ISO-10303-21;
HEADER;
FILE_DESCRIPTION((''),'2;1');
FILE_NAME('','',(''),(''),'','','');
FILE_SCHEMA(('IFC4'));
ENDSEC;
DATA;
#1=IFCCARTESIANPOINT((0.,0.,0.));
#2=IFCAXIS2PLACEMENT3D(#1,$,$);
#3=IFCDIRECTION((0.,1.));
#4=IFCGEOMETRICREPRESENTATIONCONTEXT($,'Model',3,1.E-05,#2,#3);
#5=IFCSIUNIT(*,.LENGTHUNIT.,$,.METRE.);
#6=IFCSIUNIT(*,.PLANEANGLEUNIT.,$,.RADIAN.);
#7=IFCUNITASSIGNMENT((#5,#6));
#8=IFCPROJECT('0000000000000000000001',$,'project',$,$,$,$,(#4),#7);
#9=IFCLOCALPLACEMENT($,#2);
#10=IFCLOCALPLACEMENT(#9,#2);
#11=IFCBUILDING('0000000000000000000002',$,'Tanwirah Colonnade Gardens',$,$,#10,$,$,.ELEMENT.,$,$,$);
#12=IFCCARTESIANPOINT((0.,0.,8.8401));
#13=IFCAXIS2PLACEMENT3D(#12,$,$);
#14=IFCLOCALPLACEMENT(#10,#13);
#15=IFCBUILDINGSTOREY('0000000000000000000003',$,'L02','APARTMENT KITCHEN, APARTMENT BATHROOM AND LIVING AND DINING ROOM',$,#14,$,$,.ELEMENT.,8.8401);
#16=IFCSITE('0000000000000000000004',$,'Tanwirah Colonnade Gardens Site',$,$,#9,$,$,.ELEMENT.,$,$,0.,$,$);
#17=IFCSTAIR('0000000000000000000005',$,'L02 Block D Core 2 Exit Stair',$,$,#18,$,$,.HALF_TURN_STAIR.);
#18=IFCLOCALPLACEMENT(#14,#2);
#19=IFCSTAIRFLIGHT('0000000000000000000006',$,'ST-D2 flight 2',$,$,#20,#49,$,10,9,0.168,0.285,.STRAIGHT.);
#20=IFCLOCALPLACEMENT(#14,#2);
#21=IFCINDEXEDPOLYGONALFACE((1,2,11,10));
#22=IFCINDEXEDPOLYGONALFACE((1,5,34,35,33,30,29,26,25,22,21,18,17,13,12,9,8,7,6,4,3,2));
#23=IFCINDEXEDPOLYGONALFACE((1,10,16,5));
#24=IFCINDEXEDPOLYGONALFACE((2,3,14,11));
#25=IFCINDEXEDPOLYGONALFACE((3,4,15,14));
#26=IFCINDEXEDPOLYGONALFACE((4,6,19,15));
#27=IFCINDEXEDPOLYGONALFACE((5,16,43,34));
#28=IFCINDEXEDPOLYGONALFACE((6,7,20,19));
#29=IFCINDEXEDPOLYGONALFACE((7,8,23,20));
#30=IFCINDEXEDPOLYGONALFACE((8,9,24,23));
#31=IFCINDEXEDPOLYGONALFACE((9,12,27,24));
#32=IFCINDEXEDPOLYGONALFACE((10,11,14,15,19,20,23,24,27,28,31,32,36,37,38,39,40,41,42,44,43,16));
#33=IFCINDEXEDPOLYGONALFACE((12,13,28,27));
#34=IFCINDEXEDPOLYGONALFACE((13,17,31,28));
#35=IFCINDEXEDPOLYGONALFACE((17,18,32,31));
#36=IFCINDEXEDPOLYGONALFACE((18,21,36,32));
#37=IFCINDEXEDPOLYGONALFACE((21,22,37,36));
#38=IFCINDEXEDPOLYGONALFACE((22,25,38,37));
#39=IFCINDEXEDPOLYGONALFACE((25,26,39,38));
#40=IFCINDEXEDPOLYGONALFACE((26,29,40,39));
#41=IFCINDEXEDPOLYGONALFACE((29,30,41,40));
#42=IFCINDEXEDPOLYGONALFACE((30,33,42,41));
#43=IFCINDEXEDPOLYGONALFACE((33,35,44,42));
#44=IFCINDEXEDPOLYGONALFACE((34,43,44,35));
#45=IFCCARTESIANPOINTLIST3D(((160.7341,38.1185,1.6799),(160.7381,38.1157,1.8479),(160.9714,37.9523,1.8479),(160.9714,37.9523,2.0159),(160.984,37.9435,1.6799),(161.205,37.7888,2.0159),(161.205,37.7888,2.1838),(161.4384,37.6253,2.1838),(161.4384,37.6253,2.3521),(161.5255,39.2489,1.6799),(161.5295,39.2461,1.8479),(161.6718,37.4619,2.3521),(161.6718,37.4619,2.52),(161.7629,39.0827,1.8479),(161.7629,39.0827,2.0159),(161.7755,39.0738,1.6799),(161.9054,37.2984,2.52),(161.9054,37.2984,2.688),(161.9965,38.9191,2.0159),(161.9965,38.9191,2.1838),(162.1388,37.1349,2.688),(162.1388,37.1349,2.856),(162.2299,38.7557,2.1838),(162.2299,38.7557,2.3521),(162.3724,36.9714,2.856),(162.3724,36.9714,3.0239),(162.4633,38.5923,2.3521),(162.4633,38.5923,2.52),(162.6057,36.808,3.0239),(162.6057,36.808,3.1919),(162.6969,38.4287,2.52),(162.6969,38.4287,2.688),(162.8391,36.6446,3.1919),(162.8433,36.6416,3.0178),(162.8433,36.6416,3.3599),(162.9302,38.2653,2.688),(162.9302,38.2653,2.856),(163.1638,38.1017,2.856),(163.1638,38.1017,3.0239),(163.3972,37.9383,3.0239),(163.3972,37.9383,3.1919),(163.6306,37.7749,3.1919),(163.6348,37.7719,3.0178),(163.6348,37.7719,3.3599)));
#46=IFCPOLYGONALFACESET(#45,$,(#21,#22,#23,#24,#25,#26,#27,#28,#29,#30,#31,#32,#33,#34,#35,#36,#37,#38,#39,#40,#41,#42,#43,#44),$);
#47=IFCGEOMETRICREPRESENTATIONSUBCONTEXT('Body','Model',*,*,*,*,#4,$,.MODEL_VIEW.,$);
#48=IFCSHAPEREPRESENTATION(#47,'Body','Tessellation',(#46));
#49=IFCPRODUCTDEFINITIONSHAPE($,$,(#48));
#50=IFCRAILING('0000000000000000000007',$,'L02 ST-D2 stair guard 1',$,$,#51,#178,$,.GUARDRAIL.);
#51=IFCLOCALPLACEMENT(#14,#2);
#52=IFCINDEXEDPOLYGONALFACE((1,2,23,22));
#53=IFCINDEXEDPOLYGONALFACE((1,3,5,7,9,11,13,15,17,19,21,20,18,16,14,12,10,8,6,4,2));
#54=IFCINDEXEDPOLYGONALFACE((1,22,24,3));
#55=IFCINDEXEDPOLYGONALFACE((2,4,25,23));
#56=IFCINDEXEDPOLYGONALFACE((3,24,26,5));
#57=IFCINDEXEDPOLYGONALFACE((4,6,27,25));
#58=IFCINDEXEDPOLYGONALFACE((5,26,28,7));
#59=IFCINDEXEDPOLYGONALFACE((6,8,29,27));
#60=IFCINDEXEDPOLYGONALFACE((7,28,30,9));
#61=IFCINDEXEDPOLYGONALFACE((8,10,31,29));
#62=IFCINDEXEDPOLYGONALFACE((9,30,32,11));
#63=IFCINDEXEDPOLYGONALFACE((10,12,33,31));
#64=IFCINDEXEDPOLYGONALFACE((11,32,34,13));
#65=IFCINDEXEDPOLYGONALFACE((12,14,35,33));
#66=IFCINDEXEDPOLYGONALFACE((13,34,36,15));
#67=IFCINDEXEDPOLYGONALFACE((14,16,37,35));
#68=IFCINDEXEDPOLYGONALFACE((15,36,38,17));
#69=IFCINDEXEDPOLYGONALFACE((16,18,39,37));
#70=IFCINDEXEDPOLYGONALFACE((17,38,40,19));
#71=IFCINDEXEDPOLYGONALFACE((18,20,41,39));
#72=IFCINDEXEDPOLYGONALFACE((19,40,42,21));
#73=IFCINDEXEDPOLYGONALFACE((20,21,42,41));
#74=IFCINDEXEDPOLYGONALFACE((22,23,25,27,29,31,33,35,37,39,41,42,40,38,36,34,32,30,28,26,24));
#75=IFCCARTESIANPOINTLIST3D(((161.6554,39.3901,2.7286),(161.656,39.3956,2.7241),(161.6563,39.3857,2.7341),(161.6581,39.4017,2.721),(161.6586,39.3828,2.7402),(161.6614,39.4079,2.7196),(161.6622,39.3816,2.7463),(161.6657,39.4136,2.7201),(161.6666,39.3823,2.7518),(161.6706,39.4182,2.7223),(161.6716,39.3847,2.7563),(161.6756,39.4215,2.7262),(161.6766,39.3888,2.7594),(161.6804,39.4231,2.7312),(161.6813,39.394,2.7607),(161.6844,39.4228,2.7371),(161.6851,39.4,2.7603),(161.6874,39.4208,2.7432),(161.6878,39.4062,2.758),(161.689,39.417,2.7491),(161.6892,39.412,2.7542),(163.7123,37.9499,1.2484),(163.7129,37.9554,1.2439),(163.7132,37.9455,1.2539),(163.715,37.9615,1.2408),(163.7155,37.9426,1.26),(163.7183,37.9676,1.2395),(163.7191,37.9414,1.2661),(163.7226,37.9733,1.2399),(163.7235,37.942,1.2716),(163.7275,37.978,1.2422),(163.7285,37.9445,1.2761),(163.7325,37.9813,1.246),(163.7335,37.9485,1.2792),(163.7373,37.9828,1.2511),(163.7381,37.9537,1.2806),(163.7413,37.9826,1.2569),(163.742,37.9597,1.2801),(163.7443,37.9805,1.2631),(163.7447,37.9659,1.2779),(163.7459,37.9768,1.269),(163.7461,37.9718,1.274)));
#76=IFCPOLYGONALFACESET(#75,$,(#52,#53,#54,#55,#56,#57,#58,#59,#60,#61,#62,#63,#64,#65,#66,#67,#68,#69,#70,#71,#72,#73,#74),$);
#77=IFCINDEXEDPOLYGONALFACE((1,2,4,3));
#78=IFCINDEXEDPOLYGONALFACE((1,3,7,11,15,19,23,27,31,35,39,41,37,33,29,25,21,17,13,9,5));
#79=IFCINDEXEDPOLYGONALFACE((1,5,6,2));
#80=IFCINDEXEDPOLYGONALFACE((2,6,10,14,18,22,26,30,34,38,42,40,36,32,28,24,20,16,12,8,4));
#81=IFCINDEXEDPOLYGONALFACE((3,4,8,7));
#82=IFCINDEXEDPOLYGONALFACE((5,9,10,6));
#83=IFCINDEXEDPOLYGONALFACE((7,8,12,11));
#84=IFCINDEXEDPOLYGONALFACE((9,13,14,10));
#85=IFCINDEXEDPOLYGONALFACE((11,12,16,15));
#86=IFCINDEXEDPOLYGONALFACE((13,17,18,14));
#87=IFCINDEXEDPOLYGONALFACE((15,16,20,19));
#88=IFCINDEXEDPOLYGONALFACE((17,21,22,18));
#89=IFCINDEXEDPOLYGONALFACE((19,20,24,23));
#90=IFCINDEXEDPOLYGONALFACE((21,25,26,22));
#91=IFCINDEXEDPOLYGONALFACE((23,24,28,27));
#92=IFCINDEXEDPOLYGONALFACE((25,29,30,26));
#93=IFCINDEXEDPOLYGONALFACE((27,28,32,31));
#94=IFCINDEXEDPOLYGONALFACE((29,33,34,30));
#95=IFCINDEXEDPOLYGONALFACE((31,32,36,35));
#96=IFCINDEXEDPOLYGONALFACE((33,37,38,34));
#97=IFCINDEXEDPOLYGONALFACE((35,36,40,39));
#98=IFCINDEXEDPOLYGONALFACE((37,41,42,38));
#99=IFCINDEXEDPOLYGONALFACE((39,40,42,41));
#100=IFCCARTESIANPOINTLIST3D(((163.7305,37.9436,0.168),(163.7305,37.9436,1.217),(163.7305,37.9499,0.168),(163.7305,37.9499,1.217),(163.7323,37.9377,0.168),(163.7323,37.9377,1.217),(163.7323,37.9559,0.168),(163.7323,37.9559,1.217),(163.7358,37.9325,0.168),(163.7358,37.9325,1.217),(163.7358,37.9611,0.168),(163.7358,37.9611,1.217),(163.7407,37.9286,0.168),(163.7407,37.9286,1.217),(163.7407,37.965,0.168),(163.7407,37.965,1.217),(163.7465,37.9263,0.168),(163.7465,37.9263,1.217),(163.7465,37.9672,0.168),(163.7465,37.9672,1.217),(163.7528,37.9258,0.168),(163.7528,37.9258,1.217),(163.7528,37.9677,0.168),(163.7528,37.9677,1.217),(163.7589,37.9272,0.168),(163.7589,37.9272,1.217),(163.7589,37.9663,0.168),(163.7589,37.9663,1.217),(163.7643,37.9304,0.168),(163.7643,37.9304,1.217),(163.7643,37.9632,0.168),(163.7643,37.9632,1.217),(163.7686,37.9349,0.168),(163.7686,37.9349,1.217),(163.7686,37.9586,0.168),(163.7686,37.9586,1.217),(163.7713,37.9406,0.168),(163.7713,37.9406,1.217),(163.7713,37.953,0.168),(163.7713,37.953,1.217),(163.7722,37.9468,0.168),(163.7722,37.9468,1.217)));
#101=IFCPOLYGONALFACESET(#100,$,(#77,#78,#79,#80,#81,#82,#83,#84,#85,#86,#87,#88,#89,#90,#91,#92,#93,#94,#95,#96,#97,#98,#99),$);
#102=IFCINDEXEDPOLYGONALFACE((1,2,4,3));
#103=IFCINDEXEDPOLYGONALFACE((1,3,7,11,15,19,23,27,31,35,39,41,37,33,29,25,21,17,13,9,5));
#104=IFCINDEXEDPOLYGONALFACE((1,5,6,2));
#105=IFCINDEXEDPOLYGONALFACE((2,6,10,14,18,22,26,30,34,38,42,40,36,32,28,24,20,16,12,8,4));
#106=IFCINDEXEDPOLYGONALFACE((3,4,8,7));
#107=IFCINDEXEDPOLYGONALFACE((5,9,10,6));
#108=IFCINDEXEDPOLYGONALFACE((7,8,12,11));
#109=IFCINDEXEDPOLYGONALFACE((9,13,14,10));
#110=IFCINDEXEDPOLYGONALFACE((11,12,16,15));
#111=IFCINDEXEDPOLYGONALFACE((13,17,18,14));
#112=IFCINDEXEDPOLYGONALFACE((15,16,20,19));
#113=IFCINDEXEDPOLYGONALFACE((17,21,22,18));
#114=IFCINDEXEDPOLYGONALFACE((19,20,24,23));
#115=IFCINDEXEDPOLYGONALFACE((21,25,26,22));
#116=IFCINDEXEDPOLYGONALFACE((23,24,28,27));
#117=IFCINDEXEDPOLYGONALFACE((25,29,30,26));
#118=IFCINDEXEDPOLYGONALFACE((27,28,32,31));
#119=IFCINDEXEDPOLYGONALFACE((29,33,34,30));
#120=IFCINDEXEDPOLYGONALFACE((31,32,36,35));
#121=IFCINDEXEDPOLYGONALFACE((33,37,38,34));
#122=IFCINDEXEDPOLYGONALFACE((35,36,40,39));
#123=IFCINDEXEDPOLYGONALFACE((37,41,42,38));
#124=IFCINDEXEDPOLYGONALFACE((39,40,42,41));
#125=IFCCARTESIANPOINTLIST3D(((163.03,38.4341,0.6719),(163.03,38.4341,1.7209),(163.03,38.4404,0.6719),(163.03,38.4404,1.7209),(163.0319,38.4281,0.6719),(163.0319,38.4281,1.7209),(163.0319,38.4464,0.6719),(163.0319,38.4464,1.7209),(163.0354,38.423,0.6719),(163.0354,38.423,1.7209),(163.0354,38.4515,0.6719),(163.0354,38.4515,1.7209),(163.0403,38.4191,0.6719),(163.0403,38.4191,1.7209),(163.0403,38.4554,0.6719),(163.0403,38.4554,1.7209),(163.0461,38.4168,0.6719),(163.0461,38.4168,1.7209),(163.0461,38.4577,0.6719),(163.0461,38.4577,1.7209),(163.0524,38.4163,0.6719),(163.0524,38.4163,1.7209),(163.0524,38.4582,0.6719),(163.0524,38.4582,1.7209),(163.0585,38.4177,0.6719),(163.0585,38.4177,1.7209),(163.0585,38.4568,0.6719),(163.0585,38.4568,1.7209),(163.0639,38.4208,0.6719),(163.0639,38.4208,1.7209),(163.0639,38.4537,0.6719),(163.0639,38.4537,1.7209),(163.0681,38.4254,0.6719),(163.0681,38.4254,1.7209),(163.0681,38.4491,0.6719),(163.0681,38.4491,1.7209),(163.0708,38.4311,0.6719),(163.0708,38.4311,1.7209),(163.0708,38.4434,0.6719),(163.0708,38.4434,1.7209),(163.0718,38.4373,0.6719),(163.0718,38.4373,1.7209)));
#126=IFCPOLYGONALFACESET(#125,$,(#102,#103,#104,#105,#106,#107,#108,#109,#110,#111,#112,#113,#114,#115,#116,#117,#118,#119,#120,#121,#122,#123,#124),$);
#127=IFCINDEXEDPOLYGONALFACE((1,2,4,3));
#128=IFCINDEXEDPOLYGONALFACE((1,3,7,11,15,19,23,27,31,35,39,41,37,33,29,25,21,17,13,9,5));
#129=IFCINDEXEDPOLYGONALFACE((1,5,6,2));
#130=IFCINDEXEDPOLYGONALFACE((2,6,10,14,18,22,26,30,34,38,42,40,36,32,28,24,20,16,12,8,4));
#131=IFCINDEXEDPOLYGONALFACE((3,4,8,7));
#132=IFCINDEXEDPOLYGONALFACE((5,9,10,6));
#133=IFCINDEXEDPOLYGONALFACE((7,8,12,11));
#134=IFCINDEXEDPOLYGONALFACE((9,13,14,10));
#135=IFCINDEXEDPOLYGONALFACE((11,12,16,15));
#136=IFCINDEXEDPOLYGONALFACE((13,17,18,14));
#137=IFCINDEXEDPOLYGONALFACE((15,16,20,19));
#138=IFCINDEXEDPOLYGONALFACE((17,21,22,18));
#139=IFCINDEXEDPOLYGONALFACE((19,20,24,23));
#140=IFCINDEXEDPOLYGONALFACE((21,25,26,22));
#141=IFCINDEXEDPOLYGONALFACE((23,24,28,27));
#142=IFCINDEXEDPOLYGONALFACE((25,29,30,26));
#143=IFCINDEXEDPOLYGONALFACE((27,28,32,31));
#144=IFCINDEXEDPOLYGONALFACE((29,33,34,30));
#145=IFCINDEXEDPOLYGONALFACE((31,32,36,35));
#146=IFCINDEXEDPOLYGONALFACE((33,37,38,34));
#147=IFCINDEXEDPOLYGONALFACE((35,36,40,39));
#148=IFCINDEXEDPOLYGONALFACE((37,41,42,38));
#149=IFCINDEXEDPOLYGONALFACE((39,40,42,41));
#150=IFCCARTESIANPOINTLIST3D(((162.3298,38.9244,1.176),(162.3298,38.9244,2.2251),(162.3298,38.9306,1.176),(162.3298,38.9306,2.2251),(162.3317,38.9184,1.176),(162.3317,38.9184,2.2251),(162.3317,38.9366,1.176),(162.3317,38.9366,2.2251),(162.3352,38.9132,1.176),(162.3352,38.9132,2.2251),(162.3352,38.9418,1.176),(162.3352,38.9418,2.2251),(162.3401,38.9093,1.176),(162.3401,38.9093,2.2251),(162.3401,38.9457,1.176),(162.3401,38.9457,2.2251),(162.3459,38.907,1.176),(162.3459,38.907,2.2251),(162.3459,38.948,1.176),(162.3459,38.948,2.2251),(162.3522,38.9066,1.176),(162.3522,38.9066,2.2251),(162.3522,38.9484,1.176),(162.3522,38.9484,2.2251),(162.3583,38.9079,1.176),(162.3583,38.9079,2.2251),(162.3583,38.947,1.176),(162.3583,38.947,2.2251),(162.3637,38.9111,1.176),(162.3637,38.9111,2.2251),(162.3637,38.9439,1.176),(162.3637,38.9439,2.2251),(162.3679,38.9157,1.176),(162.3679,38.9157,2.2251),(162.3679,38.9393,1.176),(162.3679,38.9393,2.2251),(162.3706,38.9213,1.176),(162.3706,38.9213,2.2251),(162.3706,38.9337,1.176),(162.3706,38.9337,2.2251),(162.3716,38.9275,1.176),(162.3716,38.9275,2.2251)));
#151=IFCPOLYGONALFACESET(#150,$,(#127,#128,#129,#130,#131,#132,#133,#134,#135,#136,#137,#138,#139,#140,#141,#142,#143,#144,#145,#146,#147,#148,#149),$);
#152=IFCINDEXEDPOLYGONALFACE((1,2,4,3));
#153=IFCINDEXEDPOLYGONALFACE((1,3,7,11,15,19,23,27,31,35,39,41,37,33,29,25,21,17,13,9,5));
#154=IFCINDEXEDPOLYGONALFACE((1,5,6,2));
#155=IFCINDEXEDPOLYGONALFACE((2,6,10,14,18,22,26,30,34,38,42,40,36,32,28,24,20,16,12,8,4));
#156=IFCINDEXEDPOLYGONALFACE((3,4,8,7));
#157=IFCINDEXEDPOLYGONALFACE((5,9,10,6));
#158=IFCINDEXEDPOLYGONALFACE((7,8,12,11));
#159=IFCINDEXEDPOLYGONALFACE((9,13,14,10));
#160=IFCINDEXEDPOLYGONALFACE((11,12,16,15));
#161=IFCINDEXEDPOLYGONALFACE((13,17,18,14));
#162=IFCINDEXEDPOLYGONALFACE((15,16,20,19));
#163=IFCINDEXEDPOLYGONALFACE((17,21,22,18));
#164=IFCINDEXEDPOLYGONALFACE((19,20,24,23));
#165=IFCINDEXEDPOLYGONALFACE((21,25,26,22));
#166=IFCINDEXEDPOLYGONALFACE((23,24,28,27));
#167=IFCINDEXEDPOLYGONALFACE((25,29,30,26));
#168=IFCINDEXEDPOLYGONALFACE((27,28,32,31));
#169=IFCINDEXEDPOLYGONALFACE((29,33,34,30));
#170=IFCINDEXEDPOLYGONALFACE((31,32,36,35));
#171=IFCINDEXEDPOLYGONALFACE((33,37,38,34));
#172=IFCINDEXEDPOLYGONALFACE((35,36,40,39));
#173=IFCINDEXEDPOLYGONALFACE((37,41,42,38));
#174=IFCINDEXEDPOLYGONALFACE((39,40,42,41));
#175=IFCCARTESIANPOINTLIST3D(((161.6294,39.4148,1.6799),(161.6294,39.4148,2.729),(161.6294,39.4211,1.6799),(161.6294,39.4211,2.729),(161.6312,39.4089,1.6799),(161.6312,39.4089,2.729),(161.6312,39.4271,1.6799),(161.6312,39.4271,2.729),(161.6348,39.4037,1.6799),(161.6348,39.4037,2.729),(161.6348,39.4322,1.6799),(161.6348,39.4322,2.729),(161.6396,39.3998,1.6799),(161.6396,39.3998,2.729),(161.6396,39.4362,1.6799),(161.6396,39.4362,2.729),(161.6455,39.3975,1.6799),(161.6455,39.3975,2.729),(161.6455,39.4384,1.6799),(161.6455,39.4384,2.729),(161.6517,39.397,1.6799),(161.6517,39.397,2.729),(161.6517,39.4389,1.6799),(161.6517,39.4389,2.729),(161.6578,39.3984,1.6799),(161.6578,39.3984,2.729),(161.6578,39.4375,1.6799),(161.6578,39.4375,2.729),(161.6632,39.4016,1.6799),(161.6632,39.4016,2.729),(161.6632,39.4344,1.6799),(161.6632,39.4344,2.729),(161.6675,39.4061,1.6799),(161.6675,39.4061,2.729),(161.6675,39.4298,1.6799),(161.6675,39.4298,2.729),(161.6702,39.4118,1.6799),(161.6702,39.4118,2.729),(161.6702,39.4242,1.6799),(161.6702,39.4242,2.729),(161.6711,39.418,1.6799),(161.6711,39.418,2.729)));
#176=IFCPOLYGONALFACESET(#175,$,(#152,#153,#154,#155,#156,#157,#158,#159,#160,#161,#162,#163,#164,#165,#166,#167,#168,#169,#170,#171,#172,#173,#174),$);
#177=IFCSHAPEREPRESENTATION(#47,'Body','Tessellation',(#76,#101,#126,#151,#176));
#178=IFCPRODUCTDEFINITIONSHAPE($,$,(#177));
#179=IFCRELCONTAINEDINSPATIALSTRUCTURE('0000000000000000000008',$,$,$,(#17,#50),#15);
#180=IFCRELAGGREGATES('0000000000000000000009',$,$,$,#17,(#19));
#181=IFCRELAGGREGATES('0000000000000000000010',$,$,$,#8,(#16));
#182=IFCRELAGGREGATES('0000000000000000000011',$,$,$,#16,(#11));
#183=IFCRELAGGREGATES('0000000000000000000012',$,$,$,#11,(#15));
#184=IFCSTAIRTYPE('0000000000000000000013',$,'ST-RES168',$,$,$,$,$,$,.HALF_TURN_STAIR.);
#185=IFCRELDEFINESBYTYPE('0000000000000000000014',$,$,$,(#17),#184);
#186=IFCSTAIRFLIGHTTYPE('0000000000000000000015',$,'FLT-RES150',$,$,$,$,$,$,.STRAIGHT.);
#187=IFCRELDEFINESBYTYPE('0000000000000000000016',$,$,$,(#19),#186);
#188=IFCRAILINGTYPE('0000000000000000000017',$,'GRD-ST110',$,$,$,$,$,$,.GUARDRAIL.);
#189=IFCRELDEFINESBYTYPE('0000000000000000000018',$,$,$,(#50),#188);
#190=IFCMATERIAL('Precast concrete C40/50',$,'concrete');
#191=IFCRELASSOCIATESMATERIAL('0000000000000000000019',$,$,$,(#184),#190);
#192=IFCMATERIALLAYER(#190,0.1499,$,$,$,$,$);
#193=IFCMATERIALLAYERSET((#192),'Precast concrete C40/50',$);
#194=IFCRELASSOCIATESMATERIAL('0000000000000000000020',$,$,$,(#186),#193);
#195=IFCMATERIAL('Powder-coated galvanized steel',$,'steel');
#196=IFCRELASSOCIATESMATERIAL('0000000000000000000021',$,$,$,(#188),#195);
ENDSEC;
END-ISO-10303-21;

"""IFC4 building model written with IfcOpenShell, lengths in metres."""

from ifc_helpers import new_model, si_unit, direction, frame, origin, origin_2d, place, context, subcontext, project, spatial, polyline, circle, outline, extrude, material, layer, layer_set, type_object, element, aggregate, save


model = new_model("IFC4")

# Units and contexts
model_context = context("Model", 3, precision=1e-05, world=origin(), true_north=direction((0.0, 1.0)))
body_context = subcontext(model_context, "Body", "Model", "MODEL_VIEW")
ifc_project = project(units=[si_unit("LENGTHUNIT", "METRE"), si_unit("PLANEANGLEUNIT", "RADIAN")], contexts=[model_context])

# Site, building, storey
site_placement = place(None, origin())
site = spatial("IfcSite", under=ifc_project, at=site_placement, Name="Tanwirah Colonnade Gardens Site", CompositionType="ELEMENT", RefElevation=0.0)
building_placement = place(site_placement, origin())
building = spatial("IfcBuilding", under=site, at=building_placement, Name="Tanwirah Colonnade Gardens", CompositionType="ELEMENT")
storey_placement = place(building_placement, frame((0.0, 0.0, 8.8401)))
storey = spatial("IfcBuildingStorey", under=building, at=storey_placement, Name="L02", Description="APARTMENT KITCHEN, APARTMENT BATHROOM AND LIVING AND DINING ROOM", CompositionType="ELEMENT", Elevation=8.8401)

# Shared definitions
ifc_material_1 = material(Name="Precast concrete C40/50", Category="concrete")

# Stair, stair flight
stair_type = type_object("IfcStairType", Name="ST-RES168", PredefinedType="HALF_TURN_STAIR", material=ifc_material_1)
stair_placement = place(storey_placement, origin())
stair = element("IfcStair", 1, at=stair_placement, inside=storey, type_object=stair_type, Name="L02 Block D Core 2 Exit Stair", PredefinedType="HALF_TURN_STAIR")
ifc_layer_1 = layer(ifc_material_1, 0.1499)
ifc_layer_set_1 = layer_set([ifc_layer_1], Name="Precast concrete C40/50")
stair_flight_type = type_object("IfcStairFlightType", Name="FLT-RES150", PredefinedType="STRAIGHT", material=ifc_layer_set_1)
stair_flight_1_placement = place(storey_placement, frame((161.1338, 38.6809, 1.6799), z_axis=(0.0, 0.0, 1.0), x_axis=(0.819152, -0.573576, 0.0)))
stair_flight_1 = element("IfcStairFlight", 2, at=stair_flight_1_placement, type_object=stair_flight_type, Name="ST-D2 flight 2", NumberOfRisers=10, NumberOfTreads=9, PredefinedType="STRAIGHT", RiserHeight=0.168, TreadLength=0.285, context=body_context, shape_type="SweptSolid", body=[
    extrude(outline(polyline([(-0.0049, 0.0), (0.0, 0.168), (0.2849, 0.168), (0.2849, 0.3359), (0.5701, 0.3359), (0.5701, 0.5039), (0.855, 0.5039), (0.855, 0.6721), (1.1399, 0.6721), (1.1399, 0.8401), (1.425, 0.8401), (1.425, 1.0081), (1.71, 1.0081), (1.71, 1.176), (1.9951, 1.176), (1.9951, 1.344), (2.28, 1.344), (2.28, 1.512), (2.5649, 1.512), (2.5701, 1.6799), (2.5701, 1.3379), (0.3003, 0.0), (-0.0049, 0.0)])), frame((0.0, 0.6899, 0.0), z_axis=(0.0, -1.0, 0.0), x_axis=(1.0, 0.0, 0.0)), (0.0, 0.0, 1.0), 1.3799),
])
aggregate(stair, [stair_flight_1])

# Railing
ifc_material_2 = material(Name="Powder-coated galvanized steel", Category="steel")
railing_type_1 = type_object("IfcRailingType", Name="GRD-ST110", PredefinedType="GUARDRAIL", material=ifc_material_2)
railing_1_placement = place(storey_placement, frame((163.7512, 37.9468, 0.168)))
element("IfcRailing", 3, at=railing_1_placement, inside=storey, type_object=railing_type_1, Name="L02 ST-D2 stair guard 1", PredefinedType="GUARDRAIL", context=body_context, shape_type="SweptSolid", body=[
    extrude(circle(Radius=0.0239, at=origin_2d()), frame((-0.022, 0.0154, 1.092), z_axis=(-0.705673, 0.494118, 0.507812), x_axis=(-0.573577, -0.819151, 0.0)), (0.0, 0.0, 1.0), 2.9148),
    extrude(circle(Radius=0.021, at=origin_2d()), origin(), (0.0, 0.0, 1.0), 1.0491),
    extrude(circle(Radius=0.021, at=origin_2d()), frame((-0.7004, 0.4905, 0.5039)), (0.0, 0.0, 1.0), 1.0491),
    extrude(circle(Radius=0.021, at=origin_2d()), frame((-1.4006, 0.9807, 1.0081)), (0.0, 0.0, 1.0), 1.0491),
    extrude(circle(Radius=0.021, at=origin_2d()), frame((-2.1011, 1.4712, 1.512)), (0.0, 0.0, 1.0), 1.0491),
])

save(model, "model.ifc")
